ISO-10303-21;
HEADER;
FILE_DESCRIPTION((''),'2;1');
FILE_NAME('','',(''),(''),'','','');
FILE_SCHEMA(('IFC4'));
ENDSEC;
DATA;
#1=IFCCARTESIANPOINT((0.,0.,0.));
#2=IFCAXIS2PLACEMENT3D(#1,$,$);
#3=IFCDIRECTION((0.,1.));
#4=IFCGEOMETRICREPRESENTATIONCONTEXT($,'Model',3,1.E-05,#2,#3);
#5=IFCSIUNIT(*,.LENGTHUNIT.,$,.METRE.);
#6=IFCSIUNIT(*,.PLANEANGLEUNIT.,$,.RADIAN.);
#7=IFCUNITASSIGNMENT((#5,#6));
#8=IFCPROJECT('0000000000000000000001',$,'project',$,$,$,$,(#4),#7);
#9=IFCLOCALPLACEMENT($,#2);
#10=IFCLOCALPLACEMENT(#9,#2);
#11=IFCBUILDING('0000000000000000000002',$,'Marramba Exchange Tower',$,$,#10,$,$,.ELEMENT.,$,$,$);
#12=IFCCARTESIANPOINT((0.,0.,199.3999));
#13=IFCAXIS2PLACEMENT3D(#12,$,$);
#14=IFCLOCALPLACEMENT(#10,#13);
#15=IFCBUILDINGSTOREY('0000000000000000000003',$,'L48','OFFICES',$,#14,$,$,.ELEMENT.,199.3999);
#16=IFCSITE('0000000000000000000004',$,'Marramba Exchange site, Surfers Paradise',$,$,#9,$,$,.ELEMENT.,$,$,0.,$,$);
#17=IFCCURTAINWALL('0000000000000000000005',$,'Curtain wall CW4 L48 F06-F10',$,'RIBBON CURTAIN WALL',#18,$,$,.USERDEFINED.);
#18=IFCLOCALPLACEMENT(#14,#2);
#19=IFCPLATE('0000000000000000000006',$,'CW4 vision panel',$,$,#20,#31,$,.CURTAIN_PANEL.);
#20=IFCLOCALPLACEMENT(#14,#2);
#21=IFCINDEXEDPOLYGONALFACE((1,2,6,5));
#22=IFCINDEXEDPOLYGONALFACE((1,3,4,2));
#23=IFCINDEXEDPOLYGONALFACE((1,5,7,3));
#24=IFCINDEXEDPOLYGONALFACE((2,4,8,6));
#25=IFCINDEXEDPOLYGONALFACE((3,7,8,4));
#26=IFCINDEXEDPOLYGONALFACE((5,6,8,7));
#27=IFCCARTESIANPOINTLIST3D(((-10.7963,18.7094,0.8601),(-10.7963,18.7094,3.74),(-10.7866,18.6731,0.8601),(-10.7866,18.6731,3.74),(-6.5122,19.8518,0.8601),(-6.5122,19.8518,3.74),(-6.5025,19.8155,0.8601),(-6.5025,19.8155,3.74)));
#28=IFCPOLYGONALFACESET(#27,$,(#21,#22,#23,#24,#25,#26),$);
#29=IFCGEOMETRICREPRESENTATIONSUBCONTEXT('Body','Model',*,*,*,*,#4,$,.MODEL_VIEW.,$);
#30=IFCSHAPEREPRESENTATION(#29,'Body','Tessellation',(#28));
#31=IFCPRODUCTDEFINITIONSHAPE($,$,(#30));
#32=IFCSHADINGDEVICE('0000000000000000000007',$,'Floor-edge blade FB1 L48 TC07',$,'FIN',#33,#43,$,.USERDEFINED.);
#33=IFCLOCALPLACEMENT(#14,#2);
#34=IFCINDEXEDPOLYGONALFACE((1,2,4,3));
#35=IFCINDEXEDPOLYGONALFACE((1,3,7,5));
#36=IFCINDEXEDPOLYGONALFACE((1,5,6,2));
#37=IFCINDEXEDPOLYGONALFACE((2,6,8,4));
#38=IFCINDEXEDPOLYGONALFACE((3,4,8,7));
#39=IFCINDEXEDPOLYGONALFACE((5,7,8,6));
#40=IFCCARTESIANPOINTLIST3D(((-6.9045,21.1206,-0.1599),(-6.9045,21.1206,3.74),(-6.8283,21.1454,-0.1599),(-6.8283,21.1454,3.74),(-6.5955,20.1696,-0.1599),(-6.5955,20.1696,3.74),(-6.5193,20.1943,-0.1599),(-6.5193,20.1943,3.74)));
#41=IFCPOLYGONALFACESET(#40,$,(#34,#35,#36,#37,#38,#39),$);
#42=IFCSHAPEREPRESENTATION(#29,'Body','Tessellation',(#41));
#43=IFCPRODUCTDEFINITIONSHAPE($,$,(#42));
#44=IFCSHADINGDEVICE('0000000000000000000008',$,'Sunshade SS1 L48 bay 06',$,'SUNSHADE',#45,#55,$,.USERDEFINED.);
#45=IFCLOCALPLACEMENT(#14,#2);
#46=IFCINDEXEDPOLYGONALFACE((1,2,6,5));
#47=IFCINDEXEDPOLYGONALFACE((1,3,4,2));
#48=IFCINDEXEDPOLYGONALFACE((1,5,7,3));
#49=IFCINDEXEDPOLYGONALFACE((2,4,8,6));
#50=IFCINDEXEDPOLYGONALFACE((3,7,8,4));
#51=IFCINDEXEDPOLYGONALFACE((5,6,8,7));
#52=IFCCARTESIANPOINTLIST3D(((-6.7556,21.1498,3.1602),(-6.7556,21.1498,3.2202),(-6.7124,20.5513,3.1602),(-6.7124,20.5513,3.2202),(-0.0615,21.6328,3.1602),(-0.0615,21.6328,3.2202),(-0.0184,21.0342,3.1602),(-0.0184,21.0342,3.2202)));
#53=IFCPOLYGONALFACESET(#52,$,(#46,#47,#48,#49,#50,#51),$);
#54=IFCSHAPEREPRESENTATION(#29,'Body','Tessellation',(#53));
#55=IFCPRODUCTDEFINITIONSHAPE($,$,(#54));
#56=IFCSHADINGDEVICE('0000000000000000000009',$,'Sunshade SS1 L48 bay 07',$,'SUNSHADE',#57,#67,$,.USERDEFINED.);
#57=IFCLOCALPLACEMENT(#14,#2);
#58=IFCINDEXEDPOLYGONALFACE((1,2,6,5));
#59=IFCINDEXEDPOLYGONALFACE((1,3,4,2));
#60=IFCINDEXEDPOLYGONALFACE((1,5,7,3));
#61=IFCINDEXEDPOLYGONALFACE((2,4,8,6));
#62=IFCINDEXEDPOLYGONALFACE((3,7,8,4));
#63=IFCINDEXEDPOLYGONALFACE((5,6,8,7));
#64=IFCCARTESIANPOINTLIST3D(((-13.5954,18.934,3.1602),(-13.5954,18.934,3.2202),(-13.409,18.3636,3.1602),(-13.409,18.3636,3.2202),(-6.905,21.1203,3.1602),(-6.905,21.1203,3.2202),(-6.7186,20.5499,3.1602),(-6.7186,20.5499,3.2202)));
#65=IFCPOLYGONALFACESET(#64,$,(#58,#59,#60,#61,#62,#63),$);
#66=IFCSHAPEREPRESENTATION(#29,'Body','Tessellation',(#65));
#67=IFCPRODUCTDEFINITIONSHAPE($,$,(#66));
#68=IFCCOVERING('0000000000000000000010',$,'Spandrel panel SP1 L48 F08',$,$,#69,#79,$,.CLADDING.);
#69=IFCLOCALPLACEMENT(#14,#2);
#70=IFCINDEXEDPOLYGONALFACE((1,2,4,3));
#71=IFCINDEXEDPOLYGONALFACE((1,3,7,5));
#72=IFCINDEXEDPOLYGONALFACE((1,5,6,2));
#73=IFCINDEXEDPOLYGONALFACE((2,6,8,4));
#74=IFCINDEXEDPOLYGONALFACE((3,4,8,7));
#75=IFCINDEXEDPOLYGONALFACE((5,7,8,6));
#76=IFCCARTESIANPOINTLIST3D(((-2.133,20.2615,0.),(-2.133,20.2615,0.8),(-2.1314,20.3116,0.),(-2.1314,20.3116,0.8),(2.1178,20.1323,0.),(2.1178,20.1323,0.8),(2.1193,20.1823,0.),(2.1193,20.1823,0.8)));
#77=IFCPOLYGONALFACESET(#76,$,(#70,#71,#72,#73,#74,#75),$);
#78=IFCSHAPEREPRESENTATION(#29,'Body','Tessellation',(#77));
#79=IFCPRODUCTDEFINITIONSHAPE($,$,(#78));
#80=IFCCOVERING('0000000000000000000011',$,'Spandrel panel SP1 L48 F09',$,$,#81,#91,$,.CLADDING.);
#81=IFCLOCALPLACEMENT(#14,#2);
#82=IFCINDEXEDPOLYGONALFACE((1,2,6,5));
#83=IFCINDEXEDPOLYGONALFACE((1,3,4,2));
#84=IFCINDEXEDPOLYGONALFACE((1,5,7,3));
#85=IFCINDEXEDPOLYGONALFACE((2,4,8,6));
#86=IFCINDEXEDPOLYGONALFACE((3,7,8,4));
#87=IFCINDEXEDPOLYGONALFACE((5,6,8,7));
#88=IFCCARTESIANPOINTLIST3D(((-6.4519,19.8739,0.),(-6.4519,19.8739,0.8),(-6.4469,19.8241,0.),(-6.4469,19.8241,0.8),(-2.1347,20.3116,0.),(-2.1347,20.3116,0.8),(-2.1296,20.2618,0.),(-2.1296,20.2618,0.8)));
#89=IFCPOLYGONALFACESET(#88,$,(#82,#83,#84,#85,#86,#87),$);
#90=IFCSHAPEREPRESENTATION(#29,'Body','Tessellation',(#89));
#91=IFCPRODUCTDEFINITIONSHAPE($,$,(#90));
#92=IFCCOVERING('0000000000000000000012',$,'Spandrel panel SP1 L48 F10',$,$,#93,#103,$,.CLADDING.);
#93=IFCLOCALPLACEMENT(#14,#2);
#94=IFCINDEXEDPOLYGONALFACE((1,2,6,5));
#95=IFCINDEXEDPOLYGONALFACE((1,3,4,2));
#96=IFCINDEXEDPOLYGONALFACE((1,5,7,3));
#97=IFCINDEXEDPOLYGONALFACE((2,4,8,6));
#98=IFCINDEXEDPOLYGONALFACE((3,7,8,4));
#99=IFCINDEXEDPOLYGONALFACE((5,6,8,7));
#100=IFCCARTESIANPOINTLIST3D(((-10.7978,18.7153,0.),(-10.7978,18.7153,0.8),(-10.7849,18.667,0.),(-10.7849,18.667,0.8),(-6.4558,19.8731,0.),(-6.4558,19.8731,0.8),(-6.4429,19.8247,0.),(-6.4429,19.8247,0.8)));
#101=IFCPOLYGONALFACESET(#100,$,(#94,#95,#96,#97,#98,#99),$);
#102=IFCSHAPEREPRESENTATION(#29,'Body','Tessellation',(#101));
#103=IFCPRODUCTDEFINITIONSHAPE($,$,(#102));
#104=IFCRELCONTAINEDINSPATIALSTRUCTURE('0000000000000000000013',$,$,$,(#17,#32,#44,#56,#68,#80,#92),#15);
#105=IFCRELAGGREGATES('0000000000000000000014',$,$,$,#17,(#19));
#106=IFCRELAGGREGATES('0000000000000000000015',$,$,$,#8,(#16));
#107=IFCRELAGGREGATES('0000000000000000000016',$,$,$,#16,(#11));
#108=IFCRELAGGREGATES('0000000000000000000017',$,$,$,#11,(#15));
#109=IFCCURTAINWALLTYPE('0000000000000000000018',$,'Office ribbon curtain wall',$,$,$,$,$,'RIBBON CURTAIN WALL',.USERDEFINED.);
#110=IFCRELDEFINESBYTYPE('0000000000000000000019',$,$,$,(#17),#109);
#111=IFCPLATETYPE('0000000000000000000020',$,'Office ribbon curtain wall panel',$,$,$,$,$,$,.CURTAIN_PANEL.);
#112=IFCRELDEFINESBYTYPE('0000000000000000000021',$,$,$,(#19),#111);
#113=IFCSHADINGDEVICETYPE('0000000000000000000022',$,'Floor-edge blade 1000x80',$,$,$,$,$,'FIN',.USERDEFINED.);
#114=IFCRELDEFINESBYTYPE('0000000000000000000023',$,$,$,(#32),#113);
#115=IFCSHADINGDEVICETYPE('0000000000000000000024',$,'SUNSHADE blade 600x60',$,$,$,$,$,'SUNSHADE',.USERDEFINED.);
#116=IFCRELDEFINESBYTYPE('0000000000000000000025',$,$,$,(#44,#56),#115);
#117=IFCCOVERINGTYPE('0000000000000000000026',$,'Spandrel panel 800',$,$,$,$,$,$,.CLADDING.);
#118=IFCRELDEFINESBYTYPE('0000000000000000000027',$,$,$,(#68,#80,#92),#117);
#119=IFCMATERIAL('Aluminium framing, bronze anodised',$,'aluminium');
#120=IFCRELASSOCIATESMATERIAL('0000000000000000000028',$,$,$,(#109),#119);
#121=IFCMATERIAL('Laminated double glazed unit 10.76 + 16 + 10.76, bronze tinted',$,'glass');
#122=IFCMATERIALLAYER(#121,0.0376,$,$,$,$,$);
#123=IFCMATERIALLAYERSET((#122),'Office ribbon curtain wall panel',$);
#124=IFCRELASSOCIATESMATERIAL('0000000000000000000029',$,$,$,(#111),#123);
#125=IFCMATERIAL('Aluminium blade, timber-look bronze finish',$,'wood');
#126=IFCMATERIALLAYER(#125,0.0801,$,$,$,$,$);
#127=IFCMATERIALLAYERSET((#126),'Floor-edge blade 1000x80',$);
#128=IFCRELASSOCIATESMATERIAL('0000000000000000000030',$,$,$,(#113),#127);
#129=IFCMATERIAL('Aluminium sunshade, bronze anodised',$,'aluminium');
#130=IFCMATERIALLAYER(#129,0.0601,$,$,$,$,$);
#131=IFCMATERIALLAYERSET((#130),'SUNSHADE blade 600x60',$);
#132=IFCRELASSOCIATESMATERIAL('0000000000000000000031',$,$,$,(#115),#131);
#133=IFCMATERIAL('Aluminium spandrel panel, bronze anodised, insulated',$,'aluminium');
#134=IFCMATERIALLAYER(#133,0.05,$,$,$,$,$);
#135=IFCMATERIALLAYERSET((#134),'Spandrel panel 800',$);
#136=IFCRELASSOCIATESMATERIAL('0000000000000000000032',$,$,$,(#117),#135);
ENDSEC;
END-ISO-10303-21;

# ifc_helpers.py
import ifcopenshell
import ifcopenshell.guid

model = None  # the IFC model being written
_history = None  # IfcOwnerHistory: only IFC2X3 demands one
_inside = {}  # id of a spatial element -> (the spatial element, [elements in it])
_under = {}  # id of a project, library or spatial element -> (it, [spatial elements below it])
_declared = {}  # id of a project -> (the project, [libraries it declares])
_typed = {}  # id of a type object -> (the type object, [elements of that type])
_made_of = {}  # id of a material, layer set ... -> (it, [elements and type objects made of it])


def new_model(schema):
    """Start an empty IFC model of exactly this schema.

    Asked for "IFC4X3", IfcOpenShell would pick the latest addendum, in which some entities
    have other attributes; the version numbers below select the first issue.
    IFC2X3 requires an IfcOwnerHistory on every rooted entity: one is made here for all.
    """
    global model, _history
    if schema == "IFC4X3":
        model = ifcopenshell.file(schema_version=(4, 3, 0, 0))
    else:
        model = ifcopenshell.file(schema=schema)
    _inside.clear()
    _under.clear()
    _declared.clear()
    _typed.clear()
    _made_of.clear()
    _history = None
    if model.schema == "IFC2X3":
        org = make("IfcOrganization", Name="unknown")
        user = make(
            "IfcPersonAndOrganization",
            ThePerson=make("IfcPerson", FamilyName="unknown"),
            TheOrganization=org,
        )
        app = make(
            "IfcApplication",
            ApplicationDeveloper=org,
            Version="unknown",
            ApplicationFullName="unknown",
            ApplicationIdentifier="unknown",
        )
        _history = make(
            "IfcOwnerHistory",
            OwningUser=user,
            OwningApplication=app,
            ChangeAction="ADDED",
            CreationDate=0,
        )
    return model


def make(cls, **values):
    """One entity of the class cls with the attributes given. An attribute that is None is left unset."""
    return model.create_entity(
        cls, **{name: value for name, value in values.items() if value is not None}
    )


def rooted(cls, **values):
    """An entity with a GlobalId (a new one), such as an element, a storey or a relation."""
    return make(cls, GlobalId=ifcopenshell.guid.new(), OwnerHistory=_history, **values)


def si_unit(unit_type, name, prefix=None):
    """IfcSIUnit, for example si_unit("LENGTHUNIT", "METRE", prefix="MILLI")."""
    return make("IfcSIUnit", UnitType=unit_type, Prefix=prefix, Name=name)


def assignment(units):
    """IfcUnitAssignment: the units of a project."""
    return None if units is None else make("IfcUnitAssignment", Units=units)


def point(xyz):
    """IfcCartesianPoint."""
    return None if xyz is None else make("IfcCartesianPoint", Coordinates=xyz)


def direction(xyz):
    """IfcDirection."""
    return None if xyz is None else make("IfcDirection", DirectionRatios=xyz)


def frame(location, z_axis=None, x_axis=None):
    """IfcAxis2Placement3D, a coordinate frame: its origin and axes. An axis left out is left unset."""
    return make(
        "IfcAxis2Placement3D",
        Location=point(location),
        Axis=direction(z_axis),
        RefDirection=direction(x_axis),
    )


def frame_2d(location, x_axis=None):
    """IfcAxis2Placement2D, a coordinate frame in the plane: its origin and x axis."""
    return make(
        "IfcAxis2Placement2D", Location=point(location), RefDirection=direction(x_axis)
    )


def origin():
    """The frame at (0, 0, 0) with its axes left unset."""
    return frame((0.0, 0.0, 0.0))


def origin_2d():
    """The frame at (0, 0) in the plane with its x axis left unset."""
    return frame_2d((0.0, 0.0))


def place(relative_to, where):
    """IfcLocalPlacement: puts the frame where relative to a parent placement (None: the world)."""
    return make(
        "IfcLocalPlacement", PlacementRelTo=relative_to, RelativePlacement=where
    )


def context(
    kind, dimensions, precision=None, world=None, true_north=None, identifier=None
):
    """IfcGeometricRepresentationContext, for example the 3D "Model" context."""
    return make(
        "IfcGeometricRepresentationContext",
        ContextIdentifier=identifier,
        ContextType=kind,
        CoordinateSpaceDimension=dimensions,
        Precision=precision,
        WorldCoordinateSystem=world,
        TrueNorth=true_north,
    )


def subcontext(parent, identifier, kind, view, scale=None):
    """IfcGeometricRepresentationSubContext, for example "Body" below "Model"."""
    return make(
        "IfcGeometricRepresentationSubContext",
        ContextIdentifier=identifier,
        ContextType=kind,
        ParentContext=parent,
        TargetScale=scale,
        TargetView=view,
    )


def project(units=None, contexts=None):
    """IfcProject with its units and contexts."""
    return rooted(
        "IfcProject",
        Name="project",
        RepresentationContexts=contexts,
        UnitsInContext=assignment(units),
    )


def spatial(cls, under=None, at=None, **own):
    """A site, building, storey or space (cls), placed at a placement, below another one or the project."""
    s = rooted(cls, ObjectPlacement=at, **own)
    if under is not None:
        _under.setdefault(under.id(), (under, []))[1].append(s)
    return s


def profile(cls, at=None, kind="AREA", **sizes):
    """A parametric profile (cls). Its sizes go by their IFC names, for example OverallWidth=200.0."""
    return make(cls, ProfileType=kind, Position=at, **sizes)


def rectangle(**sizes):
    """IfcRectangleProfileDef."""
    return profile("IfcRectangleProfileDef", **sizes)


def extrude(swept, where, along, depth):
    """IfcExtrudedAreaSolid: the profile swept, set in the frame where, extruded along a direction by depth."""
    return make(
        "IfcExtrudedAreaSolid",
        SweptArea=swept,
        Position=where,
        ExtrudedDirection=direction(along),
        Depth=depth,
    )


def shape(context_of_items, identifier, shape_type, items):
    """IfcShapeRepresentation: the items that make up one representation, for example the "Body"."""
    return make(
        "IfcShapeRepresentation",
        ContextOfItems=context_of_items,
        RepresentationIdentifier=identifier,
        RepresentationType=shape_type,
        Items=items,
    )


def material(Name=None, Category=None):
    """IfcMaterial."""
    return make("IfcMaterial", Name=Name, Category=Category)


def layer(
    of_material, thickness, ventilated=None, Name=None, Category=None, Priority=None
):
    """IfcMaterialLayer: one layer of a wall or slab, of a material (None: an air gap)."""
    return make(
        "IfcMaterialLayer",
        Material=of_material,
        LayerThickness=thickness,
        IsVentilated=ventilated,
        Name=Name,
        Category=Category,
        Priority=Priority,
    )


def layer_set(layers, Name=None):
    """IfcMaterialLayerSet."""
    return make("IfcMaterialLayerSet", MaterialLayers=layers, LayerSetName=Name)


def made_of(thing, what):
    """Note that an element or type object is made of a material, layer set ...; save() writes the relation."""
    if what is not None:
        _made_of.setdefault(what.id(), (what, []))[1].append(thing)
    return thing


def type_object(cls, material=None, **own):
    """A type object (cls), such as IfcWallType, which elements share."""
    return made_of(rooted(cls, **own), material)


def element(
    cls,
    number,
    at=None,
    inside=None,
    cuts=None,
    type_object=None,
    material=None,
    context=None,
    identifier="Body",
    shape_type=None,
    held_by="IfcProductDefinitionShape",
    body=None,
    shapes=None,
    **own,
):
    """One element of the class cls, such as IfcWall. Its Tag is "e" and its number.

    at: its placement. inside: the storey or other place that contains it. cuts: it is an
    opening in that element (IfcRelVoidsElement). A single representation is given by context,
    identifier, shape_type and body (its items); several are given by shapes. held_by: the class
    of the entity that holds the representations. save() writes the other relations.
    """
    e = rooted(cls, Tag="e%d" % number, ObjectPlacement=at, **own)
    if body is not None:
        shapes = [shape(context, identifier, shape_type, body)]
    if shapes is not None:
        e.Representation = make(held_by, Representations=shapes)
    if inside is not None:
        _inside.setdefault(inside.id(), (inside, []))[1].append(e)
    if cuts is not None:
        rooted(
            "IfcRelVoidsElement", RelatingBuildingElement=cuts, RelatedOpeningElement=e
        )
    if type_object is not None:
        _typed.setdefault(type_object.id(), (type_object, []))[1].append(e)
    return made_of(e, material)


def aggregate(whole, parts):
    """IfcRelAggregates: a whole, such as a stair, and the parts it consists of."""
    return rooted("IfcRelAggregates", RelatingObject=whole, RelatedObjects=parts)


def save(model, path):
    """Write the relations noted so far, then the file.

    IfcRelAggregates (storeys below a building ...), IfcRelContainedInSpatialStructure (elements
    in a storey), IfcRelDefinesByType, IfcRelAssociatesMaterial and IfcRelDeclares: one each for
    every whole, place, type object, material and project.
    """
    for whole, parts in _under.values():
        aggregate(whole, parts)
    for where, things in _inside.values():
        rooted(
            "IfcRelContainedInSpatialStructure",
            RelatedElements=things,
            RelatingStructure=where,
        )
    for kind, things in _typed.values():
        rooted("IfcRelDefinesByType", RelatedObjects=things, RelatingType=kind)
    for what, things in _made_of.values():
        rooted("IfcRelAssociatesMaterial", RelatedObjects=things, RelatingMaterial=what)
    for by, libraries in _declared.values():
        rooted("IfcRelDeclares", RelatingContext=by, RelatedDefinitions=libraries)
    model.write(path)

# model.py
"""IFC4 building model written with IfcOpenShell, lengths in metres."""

from ifc_helpers import new_model, si_unit, direction, frame, origin, origin_2d, place, context, subcontext, project, spatial, rectangle, extrude, material, layer, layer_set, type_object, element, aggregate, save


model = new_model("IFC4")

# Units and contexts
model_context = context("Model", 3, precision=1e-05, world=origin(), true_north=direction((0.0, 1.0)))
body_context = subcontext(model_context, "Body", "Model", "MODEL_VIEW")
ifc_project = project(units=[si_unit("LENGTHUNIT", "METRE"), si_unit("PLANEANGLEUNIT", "RADIAN")], contexts=[model_context])

# Site, building, storey
site_placement = place(None, origin())
site = spatial("IfcSite", under=ifc_project, at=site_placement, Name="Marramba Exchange site, Surfers Paradise", CompositionType="ELEMENT", RefElevation=0.0)
building_placement = place(site_placement, origin())
building = spatial("IfcBuilding", under=site, at=building_placement, Name="Marramba Exchange Tower", CompositionType="ELEMENT")
storey_placement = place(building_placement, frame((0.0, 0.0, 199.3999)))
storey = spatial("IfcBuildingStorey", under=building, at=storey_placement, Name="L48", Description="OFFICES", CompositionType="ELEMENT", Elevation=199.3999)

# Curtain wall
ifc_material_1 = material(Name="Aluminium framing, bronze anodised", Category="aluminium")
curtain_wall_type = type_object("IfcCurtainWallType", Name="Office ribbon curtain wall", ElementType="RIBBON CURTAIN WALL", PredefinedType="USERDEFINED", material=ifc_material_1)
curtain_wall_1_placement = place(storey_placement, origin())
curtain_wall_1 = element("IfcCurtainWall", 1, at=curtain_wall_1_placement, inside=storey, type_object=curtain_wall_type, Name="Curtain wall CW4 L48 F06-F10", ObjectType="RIBBON CURTAIN WALL", PredefinedType="USERDEFINED")

# Plate
ifc_material_2 = material(Name="Laminated double glazed unit 10.76 + 16 + 10.76, bronze tinted", Category="glass")
ifc_layer_1 = layer(ifc_material_2, 0.0376)
ifc_layer_set_1 = layer_set([ifc_layer_1], Name="Office ribbon curtain wall panel")
plate_type = type_object("IfcPlateType", Name="Office ribbon curtain wall panel", PredefinedType="CURTAIN_PANEL", material=ifc_layer_set_1)
plate_1_placement = place(storey_placement, frame((-8.6494, 19.2625, 0.8601), z_axis=(0.0, 0.0, 1.0), x_axis=(-0.966241, -0.257641, 0.0)))
plate_1 = element("IfcPlate", 2, at=plate_1_placement, type_object=plate_type, Name="CW4 vision panel", PredefinedType="CURTAIN_PANEL", context=body_context, shape_type="SweptSolid", body=[
    extrude(rectangle(XDim=4.4338, YDim=0.0376, at=origin_2d()), origin(), (0.0, 0.0, 1.0), 2.8799),
])
aggregate(curtain_wall_1, [plate_1])

# Shading devices
ifc_material_3 = material(Name="Aluminium blade, timber-look bronze finish", Category="wood")
ifc_layer_2 = layer(ifc_material_3, 0.0801)
ifc_layer_set_2 = layer_set([ifc_layer_2], Name="Floor-edge blade 1000x80")
shading_device_type_1 = type_object("IfcShadingDeviceType", Name="Floor-edge blade 1000x80", ElementType="FIN", PredefinedType="USERDEFINED", material=ifc_layer_set_2)
shading_device_1_placement = place(storey_placement, frame((-6.7119, 20.6575, -0.1599), z_axis=(0.0, 0.0, 1.0), x_axis=(-0.309017, 0.951057, 0.0)))
element("IfcShadingDevice", 3, at=shading_device_1_placement, inside=storey, type_object=shading_device_type_1, Name="Floor-edge blade FB1 L48 TC07", ObjectType="FIN", PredefinedType="USERDEFINED", context=body_context, shape_type="SweptSolid", body=[
    extrude(rectangle(XDim=1.0, YDim=0.0801, at=origin_2d()), origin(), (0.0, 0.0, 1.0), 3.8999),
])
ifc_material_4 = material(Name="Aluminium sunshade, bronze anodised", Category="aluminium")
ifc_layer_3 = layer(ifc_material_4, 0.0601)
ifc_layer_set_3 = layer_set([ifc_layer_3], Name="SUNSHADE blade 600x60")
shading_device_type_2 = type_object("IfcShadingDeviceType", Name="SUNSHADE blade 600x60", ElementType="SUNSHADE", PredefinedType="USERDEFINED", material=ifc_layer_set_3)
shading_device_2_placement = place(storey_placement, frame((-3.387, 21.092, 3.1602), z_axis=(0.0, 0.0, 1.0), x_axis=(-0.997408, -0.071958, 0.0)))
element("IfcShadingDevice", 4, at=shading_device_2_placement, inside=storey, type_object=shading_device_type_2, Name="Sunshade SS1 L48 bay 06", ObjectType="SUNSHADE", PredefinedType="USERDEFINED", context=body_context, shape_type="SweptSolid", body=[
    extrude(rectangle(XDim=6.7114, YDim=0.6001, at=origin_2d()), origin(), (0.0, 0.0, 1.0), 0.0601),
])
shading_device_3_placement = place(storey_placement, frame((-10.157, 19.7419, 3.1602), z_axis=(0.0, 0.0, 1.0), x_axis=(-0.950538, -0.31061, 0.0)))
element("IfcShadingDevice", 5, at=shading_device_3_placement, inside=storey, type_object=shading_device_type_2, Name="Sunshade SS1 L48 bay 07", ObjectType="SUNSHADE", PredefinedType="USERDEFINED", context=body_context, shape_type="SweptSolid", body=[
    extrude(rectangle(XDim=7.0386, YDim=0.6001, at=origin_2d()), origin(), (0.0, 0.0, 1.0), 0.0601),
])

# Coverings
ifc_material_5 = material(Name="Aluminium spandrel panel, bronze anodised, insulated", Category="aluminium")
ifc_layer_4 = layer(ifc_material_5, 0.05)
ifc_layer_set_4 = layer_set([ifc_layer_4], Name="Spandrel panel 800")
covering_type = type_object("IfcCoveringType", Name="Spandrel panel 800", PredefinedType="CLADDING", material=ifc_layer_set_4)
covering_1_placement = place(storey_placement, frame((-0.0068, 20.2219, 0.0), z_axis=(0.0, 0.0, 1.0), x_axis=(-0.999538, 0.030394, 0.0)))
element("IfcCovering", 6, at=covering_1_placement, inside=storey, type_object=covering_type, Name="Spandrel panel SP1 L48 F08", PredefinedType="CLADDING", context=body_context, shape_type="SweptSolid", body=[
    extrude(rectangle(XDim=4.2527, YDim=0.05, at=origin_2d()), origin(), (0.0, 0.0, 1.0), 0.8),
])
covering_2_placement = place(storey_placement, frame((-4.2908, 20.0679, 0.0), z_axis=(0.0, 0.0, 1.0), x_axis=(-0.9949, -0.100863, 0.0)))
element("IfcCovering", 7, at=covering_2_placement, inside=storey, type_object=covering_type, Name="Spandrel panel SP1 L48 F09", PredefinedType="CLADDING", context=body_context, shape_type="SweptSolid", body=[
    extrude(rectangle(XDim=4.3394, YDim=0.05, at=origin_2d()), origin(), (0.0, 0.0, 1.0), 0.8),
])
covering_3_placement = place(storey_placement, frame((-8.6204, 19.27, 0.0), z_axis=(0.0, 0.0, 1.0), x_axis=(-0.966241, -0.257641, 0.0)))
element("IfcCovering", 8, at=covering_3_placement, inside=storey, type_object=covering_type, Name="Spandrel panel SP1 L48 F10", PredefinedType="CLADDING", context=body_context, shape_type="SweptSolid", body=[
    extrude(rectangle(XDim=4.4937, YDim=0.05, at=origin_2d()), origin(), (0.0, 0.0, 1.0), 0.8),
])

save(model, "model.ifc")
